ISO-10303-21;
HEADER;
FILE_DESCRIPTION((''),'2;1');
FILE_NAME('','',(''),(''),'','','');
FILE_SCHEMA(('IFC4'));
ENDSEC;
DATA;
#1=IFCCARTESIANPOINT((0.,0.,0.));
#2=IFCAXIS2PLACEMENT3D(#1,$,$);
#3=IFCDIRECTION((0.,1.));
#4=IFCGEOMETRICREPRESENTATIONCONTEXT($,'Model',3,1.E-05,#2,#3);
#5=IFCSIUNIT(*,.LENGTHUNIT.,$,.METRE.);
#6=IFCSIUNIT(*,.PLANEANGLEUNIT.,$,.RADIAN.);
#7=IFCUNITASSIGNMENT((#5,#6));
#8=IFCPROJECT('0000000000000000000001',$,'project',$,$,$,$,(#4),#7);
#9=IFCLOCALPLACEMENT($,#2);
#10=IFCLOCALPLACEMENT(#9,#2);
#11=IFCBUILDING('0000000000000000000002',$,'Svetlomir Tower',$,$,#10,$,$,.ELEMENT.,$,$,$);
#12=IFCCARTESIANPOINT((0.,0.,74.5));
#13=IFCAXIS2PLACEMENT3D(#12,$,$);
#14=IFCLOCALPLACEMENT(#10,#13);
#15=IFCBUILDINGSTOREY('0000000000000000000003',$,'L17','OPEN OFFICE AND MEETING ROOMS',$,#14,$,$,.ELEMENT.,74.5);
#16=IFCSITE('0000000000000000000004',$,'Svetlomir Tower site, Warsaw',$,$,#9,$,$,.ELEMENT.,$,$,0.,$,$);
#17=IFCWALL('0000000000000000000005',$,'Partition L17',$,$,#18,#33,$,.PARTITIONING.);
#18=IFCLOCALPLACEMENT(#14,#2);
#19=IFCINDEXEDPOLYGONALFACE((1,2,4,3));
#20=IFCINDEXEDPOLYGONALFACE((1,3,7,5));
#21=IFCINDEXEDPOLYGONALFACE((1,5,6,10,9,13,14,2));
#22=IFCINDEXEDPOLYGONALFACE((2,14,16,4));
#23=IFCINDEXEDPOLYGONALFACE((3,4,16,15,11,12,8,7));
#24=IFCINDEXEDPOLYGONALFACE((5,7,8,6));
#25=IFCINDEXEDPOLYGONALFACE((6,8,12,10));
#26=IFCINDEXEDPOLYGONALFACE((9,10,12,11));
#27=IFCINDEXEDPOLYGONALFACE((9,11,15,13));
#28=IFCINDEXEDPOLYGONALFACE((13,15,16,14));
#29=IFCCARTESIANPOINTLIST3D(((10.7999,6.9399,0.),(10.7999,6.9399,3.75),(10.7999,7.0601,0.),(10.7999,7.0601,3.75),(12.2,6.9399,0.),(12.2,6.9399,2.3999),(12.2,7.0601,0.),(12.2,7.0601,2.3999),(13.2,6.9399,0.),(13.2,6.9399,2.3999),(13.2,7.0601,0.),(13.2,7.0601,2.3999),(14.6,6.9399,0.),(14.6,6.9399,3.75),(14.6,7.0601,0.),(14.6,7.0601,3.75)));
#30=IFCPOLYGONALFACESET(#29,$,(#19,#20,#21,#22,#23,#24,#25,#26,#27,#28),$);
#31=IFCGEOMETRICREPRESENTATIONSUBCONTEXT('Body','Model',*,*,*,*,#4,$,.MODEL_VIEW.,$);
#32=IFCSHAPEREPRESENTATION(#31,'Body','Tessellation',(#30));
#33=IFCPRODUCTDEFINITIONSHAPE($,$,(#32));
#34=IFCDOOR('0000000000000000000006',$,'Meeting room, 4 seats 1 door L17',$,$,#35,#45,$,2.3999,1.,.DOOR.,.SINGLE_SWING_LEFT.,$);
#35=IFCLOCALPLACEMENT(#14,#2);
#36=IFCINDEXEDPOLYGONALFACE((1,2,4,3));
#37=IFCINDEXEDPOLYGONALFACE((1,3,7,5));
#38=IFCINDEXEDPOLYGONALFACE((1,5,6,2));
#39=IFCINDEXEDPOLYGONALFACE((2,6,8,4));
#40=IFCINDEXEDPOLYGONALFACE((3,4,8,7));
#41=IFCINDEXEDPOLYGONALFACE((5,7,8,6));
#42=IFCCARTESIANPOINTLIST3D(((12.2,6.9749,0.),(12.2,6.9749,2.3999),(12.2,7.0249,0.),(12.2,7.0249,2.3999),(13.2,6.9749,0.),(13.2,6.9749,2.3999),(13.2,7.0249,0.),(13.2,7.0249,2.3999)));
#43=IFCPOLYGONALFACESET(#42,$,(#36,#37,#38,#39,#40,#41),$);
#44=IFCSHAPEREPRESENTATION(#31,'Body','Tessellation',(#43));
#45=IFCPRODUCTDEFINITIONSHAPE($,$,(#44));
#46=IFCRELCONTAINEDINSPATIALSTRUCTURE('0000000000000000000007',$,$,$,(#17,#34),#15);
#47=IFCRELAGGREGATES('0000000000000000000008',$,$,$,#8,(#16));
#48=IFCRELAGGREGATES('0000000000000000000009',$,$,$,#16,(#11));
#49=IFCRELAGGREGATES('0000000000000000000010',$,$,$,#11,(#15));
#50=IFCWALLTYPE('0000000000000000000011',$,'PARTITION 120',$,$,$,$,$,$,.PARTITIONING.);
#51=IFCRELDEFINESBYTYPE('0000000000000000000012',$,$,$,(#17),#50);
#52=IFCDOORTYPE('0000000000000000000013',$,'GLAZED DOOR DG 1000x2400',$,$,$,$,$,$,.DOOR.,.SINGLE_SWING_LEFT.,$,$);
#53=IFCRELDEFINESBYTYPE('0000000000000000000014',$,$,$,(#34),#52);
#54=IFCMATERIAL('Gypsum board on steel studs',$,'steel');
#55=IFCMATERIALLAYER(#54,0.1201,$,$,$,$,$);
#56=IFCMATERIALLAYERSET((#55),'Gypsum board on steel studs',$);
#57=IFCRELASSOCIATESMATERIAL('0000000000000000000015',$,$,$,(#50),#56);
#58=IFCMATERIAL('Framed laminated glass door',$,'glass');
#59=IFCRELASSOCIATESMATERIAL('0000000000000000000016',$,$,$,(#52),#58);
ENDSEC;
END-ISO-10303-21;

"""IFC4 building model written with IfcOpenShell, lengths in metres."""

from ifc_helpers import new_model, si_unit, direction, frame, frame_2d, origin, place, context, subcontext, project, spatial, rectangle, extrude, material, layer, layer_set, type_object, element, fill, save


model = new_model("IFC4")

# Units and contexts
model_context = context("Model", 3, precision=1e-05, world=origin(), true_north=direction((0.0, 1.0)))
body_context = subcontext(model_context, "Body", "Model", "MODEL_VIEW")
ifc_project = project(units=[si_unit("LENGTHUNIT", "METRE"), si_unit("PLANEANGLEUNIT", "RADIAN")], contexts=[model_context])

# Site, building, storey
site_placement = place(None, origin())
site = spatial("IfcSite", under=ifc_project, at=site_placement, Name="Svetlomir Tower site, Warsaw", CompositionType="ELEMENT", RefElevation=0.0)
building_placement = place(site_placement, origin())
building = spatial("IfcBuilding", under=site, at=building_placement, Name="Svetlomir Tower", CompositionType="ELEMENT")
storey_placement = place(building_placement, frame((0.0, 0.0, 74.5)))
storey = spatial("IfcBuildingStorey", under=building, at=storey_placement, Name="L17", Description="OPEN OFFICE AND MEETING ROOMS", CompositionType="ELEMENT", Elevation=74.5)

# Shared definitions
ifc_material_1 = material(Name="Gypsum board on steel studs", Category="steel")
ifc_layer_1 = layer(ifc_material_1, 0.1201)
ifc_layer_set_1 = layer_set([ifc_layer_1], Name="Gypsum board on steel studs")
wall_type_1 = type_object("IfcWallType", Name="PARTITION 120", PredefinedType="PARTITIONING", material=ifc_layer_set_1)
ifc_material_2 = material(Name="Framed laminated glass door", Category="glass")
door_type_1 = type_object("IfcDoorType", Name="GLAZED DOOR DG 1000x2400", OperationType="SINGLE_SWING_LEFT", PredefinedType="DOOR", material=ifc_material_2)

# Wall, opening, door
wall_1_placement = place(storey_placement, frame((10.8, 7.0, 0.0), z_axis=(0.0, 0.0, 1.0), x_axis=(1.0, 0.0, 0.0)))
wall_1 = element("IfcWall", 1, at=wall_1_placement, inside=storey, type_object=wall_type_1, Name="Partition L17", PredefinedType="PARTITIONING", context=body_context, shape_type="SweptSolid", body=[
    extrude(rectangle(XDim=3.8, YDim=0.1201, at=frame_2d((1.8999, 0.0))), origin(), (0.0, 0.0, 1.0), 3.75),
])
opening_1_placement = place(wall_1_placement, frame((1.3999, 0.0, 0.0)))
opening_1 = element("IfcOpeningElement", 2, at=opening_1_placement, cuts=wall_1, PredefinedType="OPENING", context=body_context, shape_type="SweptSolid", body=[
    extrude(rectangle(XDim=1.0, YDim=2.3999, at=frame_2d((0.5, 1.2))), frame((0.0, 0.0701, 0.0), z_axis=(0.0, -1.0, 0.0), x_axis=(1.0, 0.0, 0.0)), (0.0, 0.0, 1.0), 0.1401),
])
door_1_placement = place(opening_1_placement, origin())
door_1 = element("IfcDoor", 3, at=door_1_placement, inside=storey, type_object=door_type_1, Name="Meeting room, 4 seats 1 door L17", OperationType="SINGLE_SWING_LEFT", OverallHeight=2.3999, OverallWidth=1.0, PredefinedType="DOOR", context=body_context, shape_type="SweptSolid", body=[
    extrude(rectangle(XDim=1.0, YDim=2.3999, at=frame_2d((0.5, 1.2))), frame((0.0, 0.0249, 0.0), z_axis=(0.0, -1.0, 0.0), x_axis=(1.0, 0.0, 0.0)), (0.0, 0.0, 1.0), 0.05),
])
fill(opening_1, door_1)

save(model, "model.ifc")
